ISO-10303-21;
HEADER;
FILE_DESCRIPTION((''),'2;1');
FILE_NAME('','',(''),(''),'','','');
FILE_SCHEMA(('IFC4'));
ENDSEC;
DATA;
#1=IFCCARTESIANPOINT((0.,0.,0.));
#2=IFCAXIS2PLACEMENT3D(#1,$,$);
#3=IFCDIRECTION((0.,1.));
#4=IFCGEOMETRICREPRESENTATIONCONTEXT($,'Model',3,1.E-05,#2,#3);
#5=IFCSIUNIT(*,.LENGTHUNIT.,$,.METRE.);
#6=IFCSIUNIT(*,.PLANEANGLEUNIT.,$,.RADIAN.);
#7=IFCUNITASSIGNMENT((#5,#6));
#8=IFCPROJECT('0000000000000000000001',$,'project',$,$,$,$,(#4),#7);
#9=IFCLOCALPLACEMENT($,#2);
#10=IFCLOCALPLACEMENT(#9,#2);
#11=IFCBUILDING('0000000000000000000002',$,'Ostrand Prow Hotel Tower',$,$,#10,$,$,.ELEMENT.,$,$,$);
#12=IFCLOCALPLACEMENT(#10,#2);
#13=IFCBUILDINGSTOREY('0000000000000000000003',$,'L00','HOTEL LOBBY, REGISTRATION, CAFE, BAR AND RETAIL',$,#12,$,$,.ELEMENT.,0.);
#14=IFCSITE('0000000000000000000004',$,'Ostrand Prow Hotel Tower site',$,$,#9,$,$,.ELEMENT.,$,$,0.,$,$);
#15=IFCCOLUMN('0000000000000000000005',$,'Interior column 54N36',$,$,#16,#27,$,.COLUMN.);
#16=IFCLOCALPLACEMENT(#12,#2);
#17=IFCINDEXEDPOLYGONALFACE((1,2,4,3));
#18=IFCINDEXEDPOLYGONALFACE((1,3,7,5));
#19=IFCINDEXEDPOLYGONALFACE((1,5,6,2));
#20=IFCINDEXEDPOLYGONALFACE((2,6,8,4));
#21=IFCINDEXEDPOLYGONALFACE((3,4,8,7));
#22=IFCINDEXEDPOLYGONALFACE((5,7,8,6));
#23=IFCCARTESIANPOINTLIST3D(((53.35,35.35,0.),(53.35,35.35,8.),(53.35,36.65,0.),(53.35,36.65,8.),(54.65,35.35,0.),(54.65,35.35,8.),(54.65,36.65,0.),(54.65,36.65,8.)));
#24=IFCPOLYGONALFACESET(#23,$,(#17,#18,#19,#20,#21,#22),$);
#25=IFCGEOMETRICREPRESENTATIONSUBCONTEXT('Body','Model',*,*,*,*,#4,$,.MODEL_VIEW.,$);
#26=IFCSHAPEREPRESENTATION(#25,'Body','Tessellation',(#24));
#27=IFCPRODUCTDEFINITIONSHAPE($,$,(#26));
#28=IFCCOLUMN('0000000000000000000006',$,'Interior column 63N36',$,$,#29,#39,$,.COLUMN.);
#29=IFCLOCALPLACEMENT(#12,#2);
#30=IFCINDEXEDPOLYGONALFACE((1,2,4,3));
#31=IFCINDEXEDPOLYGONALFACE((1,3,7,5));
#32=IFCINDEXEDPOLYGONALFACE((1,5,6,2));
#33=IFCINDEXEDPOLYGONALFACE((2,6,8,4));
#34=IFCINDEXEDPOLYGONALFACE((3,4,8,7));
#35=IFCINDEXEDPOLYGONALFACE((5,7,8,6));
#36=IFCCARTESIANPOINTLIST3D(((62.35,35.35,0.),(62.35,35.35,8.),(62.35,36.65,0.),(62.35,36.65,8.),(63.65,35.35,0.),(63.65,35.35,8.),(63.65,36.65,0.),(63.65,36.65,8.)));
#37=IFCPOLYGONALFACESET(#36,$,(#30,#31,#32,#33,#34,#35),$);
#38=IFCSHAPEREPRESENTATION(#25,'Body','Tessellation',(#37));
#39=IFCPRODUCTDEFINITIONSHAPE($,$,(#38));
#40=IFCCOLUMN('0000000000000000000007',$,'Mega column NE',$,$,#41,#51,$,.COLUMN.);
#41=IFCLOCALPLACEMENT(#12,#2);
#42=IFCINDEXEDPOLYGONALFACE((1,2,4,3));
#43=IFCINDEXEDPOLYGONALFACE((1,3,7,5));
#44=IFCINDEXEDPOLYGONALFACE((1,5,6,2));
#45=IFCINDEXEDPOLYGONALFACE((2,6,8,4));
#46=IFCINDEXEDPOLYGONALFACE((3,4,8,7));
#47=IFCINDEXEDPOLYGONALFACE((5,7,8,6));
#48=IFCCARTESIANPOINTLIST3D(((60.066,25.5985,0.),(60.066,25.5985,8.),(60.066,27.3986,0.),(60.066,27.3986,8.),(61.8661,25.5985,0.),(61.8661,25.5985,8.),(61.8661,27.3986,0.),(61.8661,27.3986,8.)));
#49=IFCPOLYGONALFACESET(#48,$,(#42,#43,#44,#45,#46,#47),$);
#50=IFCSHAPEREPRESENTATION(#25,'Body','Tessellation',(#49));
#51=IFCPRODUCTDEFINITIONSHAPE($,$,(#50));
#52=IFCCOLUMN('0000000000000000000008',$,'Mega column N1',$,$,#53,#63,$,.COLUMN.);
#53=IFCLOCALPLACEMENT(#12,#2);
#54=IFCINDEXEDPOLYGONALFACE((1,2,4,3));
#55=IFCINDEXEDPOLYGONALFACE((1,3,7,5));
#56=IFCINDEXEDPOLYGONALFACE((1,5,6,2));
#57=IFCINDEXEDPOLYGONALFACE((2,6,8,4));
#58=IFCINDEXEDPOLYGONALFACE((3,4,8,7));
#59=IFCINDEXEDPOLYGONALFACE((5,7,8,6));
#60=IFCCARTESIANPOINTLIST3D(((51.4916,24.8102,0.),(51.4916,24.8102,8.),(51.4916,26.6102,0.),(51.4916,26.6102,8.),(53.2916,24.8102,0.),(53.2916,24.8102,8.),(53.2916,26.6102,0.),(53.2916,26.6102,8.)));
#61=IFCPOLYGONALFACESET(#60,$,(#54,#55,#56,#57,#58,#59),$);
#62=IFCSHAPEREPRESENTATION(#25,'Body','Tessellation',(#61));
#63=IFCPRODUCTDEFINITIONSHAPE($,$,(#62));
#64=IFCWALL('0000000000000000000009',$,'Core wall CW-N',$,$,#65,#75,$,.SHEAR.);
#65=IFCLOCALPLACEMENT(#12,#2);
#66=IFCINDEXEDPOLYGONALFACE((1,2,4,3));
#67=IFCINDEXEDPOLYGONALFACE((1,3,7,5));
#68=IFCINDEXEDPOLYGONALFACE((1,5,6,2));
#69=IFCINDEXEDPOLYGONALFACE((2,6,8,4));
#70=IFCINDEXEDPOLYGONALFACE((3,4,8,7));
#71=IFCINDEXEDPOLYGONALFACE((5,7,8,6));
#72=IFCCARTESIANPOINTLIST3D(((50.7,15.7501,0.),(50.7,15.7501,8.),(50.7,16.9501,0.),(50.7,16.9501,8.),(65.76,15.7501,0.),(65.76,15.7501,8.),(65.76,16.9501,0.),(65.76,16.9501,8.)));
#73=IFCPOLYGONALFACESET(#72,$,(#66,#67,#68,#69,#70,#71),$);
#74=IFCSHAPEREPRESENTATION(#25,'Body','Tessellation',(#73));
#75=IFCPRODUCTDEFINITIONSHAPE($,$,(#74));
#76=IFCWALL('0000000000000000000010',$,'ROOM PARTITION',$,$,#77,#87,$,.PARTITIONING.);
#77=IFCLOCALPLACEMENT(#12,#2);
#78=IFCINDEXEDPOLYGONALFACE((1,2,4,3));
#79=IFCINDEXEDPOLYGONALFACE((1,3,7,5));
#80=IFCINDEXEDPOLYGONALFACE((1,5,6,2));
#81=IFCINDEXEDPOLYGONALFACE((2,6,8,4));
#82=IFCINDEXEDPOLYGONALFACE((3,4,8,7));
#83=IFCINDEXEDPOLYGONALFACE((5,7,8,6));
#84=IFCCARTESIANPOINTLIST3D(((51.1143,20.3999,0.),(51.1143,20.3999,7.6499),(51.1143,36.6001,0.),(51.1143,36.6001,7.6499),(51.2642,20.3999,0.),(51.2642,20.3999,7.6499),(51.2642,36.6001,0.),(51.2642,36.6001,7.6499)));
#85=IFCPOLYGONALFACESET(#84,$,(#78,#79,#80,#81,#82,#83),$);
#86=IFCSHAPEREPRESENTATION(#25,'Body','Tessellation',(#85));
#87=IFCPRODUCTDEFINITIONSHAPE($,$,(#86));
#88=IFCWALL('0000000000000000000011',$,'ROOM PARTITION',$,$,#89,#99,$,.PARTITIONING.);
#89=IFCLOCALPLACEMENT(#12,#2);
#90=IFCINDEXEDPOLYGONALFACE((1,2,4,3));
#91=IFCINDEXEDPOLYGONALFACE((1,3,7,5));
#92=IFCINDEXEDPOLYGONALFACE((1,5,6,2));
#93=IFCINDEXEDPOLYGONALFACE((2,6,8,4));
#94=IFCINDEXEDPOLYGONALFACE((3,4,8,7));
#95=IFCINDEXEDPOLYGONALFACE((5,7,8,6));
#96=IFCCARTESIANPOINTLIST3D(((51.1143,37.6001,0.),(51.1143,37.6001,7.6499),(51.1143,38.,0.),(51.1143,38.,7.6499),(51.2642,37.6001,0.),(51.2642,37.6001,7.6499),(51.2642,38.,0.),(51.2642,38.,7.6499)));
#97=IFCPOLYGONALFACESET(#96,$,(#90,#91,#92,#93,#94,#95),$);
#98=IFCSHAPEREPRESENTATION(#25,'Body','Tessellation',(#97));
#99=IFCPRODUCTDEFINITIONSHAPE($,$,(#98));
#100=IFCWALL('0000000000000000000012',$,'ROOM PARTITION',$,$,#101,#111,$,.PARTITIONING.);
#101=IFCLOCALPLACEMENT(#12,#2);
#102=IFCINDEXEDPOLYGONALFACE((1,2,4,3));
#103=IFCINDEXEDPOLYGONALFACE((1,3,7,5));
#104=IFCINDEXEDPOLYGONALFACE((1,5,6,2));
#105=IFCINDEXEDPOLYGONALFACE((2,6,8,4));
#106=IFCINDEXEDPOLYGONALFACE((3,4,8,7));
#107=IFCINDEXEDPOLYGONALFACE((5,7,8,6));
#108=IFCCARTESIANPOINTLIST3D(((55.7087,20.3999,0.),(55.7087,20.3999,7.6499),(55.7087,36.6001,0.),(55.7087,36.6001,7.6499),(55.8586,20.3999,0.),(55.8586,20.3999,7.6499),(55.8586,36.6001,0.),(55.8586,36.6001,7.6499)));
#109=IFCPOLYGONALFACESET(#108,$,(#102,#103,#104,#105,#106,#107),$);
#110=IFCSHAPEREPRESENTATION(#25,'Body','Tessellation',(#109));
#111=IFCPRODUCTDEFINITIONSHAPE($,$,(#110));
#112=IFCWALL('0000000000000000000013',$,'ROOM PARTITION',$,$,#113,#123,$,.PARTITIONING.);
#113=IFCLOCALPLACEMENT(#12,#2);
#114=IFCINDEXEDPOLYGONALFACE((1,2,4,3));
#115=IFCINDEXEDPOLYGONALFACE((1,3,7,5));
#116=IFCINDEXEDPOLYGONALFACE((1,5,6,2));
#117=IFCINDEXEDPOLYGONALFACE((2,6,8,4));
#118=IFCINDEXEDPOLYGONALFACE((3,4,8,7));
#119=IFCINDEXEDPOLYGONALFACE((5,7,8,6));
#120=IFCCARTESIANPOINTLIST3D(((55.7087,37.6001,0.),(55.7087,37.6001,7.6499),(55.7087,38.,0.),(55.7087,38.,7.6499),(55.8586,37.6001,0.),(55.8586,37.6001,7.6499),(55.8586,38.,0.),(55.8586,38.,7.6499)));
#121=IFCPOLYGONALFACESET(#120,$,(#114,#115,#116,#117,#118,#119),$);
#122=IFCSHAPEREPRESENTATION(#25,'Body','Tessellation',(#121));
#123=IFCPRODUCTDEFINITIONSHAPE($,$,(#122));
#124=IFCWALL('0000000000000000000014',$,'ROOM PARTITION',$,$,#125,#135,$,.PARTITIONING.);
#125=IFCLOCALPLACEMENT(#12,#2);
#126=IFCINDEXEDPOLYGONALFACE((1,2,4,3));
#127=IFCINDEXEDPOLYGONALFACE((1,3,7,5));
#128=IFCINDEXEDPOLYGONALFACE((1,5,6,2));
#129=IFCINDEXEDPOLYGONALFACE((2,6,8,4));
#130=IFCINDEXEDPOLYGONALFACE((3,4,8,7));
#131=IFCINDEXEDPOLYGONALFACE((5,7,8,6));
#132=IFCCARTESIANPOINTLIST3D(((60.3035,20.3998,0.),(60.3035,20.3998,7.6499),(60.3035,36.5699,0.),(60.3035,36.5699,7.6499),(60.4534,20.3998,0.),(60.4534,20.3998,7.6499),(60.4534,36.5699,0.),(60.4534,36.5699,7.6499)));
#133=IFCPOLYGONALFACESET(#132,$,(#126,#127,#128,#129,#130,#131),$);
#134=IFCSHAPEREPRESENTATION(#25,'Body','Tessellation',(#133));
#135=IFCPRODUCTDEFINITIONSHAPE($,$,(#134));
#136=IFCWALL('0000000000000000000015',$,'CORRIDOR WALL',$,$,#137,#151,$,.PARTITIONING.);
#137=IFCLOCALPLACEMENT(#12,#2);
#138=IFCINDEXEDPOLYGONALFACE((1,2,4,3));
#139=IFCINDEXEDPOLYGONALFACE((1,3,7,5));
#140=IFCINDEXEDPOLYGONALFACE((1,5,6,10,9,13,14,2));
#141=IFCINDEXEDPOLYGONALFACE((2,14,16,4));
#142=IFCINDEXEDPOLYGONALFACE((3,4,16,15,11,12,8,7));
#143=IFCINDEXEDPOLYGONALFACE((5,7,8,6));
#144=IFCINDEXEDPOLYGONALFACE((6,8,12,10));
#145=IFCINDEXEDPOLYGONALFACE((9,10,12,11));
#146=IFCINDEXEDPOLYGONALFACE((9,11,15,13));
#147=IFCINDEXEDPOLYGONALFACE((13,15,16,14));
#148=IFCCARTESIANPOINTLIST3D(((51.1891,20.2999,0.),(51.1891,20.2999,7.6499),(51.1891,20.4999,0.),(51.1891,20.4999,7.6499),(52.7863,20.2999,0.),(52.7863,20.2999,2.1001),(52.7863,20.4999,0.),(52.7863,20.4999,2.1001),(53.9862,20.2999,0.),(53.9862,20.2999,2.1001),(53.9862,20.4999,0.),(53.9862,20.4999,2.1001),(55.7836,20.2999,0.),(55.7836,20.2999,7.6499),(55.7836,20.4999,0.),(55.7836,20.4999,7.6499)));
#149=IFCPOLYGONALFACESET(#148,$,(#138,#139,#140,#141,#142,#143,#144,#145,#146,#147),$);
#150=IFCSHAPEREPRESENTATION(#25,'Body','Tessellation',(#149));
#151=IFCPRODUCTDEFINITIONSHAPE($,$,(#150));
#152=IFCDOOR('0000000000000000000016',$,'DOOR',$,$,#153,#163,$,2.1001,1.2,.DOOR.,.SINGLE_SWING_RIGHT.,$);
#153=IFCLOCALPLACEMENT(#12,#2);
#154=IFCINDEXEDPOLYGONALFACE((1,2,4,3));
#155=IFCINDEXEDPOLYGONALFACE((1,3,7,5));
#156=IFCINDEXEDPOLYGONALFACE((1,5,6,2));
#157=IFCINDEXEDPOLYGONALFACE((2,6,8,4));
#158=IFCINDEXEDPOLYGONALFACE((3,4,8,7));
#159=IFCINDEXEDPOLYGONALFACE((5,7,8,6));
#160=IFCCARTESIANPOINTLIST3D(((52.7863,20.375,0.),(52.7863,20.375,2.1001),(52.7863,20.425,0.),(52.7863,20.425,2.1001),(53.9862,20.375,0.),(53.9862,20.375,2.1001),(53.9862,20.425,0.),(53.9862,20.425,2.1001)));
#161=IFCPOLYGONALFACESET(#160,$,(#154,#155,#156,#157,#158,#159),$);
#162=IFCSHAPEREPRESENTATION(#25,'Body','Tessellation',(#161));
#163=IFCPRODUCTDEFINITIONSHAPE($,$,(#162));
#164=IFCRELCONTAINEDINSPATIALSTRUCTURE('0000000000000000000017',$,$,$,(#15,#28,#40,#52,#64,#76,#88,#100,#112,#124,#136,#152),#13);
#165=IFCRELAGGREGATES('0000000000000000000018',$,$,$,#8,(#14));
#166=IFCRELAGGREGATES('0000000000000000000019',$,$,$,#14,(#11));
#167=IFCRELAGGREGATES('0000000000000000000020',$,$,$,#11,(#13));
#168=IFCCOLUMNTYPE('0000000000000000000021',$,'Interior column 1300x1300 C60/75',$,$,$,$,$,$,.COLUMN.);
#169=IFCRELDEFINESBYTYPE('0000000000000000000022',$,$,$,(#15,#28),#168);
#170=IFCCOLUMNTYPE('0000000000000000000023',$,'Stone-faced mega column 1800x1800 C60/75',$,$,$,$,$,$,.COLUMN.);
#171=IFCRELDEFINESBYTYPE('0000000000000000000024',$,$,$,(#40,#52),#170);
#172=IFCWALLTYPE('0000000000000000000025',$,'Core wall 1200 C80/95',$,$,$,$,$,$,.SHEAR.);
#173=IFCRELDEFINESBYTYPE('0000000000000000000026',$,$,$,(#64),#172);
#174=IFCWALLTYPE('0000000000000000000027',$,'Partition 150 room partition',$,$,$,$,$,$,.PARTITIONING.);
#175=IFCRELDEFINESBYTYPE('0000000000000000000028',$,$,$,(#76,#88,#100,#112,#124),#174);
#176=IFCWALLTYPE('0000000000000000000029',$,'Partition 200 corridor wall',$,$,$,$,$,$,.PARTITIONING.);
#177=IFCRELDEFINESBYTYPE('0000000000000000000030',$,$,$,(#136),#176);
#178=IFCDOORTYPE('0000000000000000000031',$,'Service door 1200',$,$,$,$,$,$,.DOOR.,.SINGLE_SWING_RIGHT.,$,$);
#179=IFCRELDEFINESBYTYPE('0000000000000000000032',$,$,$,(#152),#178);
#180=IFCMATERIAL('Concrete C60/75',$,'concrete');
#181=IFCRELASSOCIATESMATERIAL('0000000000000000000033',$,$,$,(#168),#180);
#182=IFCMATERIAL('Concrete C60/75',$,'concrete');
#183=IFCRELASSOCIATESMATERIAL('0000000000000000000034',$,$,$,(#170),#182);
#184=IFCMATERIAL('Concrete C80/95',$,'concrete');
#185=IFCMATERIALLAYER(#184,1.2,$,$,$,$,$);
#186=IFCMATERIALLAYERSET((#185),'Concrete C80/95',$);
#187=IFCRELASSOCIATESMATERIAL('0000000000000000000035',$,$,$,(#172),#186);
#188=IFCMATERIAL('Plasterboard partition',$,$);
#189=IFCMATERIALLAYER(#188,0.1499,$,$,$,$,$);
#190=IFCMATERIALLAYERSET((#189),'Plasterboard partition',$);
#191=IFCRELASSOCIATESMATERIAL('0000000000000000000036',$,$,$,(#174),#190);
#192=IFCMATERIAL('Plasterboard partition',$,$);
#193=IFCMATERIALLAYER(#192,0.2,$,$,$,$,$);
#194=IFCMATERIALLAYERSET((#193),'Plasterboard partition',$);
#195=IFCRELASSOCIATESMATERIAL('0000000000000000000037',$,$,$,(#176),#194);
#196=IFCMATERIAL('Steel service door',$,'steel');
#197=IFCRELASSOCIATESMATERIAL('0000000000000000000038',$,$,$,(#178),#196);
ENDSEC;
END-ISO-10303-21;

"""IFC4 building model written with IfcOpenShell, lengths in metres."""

from ifc_helpers import new_model, si_unit, direction, frame, frame_2d, origin, origin_2d, place, context, subcontext, project, spatial, rectangle, extrude, material, layer, layer_set, material_profile, profile_set, type_object, element, fill, save


model = new_model("IFC4")

# Units and contexts
model_context = context("Model", 3, precision=1e-05, world=origin(), true_north=direction((0.0, 1.0)))
body_context = subcontext(model_context, "Body", "Model", "MODEL_VIEW")
ifc_project = project(units=[si_unit("LENGTHUNIT", "METRE"), si_unit("PLANEANGLEUNIT", "RADIAN")], contexts=[model_context])

# Site, building, storey
site_placement = place(None, origin())
site = spatial("IfcSite", under=ifc_project, at=site_placement, Name="Ostrand Prow Hotel Tower site", CompositionType="ELEMENT", RefElevation=0.0)
building_placement = place(site_placement, origin())
building = spatial("IfcBuilding", under=site, at=building_placement, Name="Ostrand Prow Hotel Tower", CompositionType="ELEMENT")
storey_placement = place(building_placement, origin())
storey = spatial("IfcBuildingStorey", under=building, at=storey_placement, Name="L00", Description="HOTEL LOBBY, REGISTRATION, CAFE, BAR AND RETAIL", CompositionType="ELEMENT", Elevation=0.0)

# Columns
ifc_material_1 = material(Name="Concrete C60/75", Category="concrete")
ifc_material_profile_1 = material_profile(ifc_material_1, rectangle(XDim=1.3, YDim=1.3, at=origin_2d()), Name="RC 1300x1300")
ifc_profile_set_1 = profile_set([ifc_material_profile_1], Name="Concrete C60/75")
column_type_1 = type_object("IfcColumnType", Name="Interior column 1300x1300 C60/75", PredefinedType="COLUMN", material=ifc_profile_set_1)
for number, where, z_axis, x_axis, name in (
    (1, (54.0, 36.0, 0.0), (0.0, 0.0, 1.0), (1.0, 0.0, 0.0), "Interior column 54N36"),
    (2, (63.0, 36.0, 0.0), (0.0, 0.0, 1.0), (1.0, 0.0, 0.0), "Interior column 63N36"),
):
    element("IfcColumn", number, at=place(storey_placement, frame(where, z_axis=z_axis, x_axis=x_axis)), inside=storey, type_object=column_type_1, Name=name, PredefinedType="COLUMN", context=body_context, shape_type="SweptSolid", body=[
        extrude(rectangle(XDim=1.3, YDim=1.3, at=origin_2d()), origin(), (0.0, 0.0, 1.0), 8.0),
    ])
ifc_material_2 = material(Name="Concrete C60/75", Category="concrete")
ifc_material_profile_2 = material_profile(ifc_material_2, rectangle(XDim=1.8, YDim=1.8, at=origin_2d()), Name="RC 1800x1800")
ifc_profile_set_2 = profile_set([ifc_material_profile_2], Name="Concrete C60/75")
column_type_2 = type_object("IfcColumnType", Name="Stone-faced mega column 1800x1800 C60/75", PredefinedType="COLUMN", material=ifc_profile_set_2)
for number, where, z_axis, x_axis, name in (
    (3, (60.9661, 26.4985, 0.0), (0.0, 0.0, 1.0), (1.0, 0.0, 0.0), "Mega column NE"),
    (4, (52.3916, 25.7102, 0.0), (0.0, 0.0, 1.0), (1.0, 0.0, 0.0), "Mega column N1"),
):
    element("IfcColumn", number, at=place(storey_placement, frame(where, z_axis=z_axis, x_axis=x_axis)), inside=storey, type_object=column_type_2, Name=name, PredefinedType="COLUMN", context=body_context, shape_type="SweptSolid", body=[
        extrude(rectangle(XDim=1.8, YDim=1.8, at=origin_2d()), origin(), (0.0, 0.0, 1.0), 8.0),
    ])

# Walls
ifc_material_3 = material(Name="Concrete C80/95", Category="concrete")
ifc_layer_1 = layer(ifc_material_3, 1.2)
ifc_layer_set_1 = layer_set([ifc_layer_1], Name="Concrete C80/95")
wall_type_1 = type_object("IfcWallType", Name="Core wall 1200 C80/95", PredefinedType="SHEAR", material=ifc_layer_set_1)
wall_1_placement = place(storey_placement, frame((50.7, 16.3501, 0.0), z_axis=(0.0, 0.0, 1.0), x_axis=(1.0, 0.0, 0.0)))
element("IfcWall", 5, at=wall_1_placement, inside=storey, type_object=wall_type_1, Name="Core wall CW-N", PredefinedType="SHEAR", context=body_context, shape_type="SweptSolid", body=[
    extrude(rectangle(XDim=15.0601, YDim=1.2, at=frame_2d((7.53, 0.0))), origin(), (0.0, 0.0, 1.0), 8.0),
])
ifc_material_4 = material(Name="Plasterboard partition")
ifc_layer_2 = layer(ifc_material_4, 0.1499)
ifc_layer_set_2 = layer_set([ifc_layer_2], Name="Plasterboard partition")
wall_type_2 = type_object("IfcWallType", Name="Partition 150 room partition", PredefinedType="PARTITIONING", material=ifc_layer_set_2)
wall_2_placement = place(storey_placement, frame((51.1892, 20.3999, 0.0), z_axis=(0.0, 0.0, 1.0), x_axis=(0.0, 1.0, 0.0)))
element("IfcWall", 6, at=wall_2_placement, inside=storey, type_object=wall_type_2, Name="ROOM PARTITION", PredefinedType="PARTITIONING", context=body_context, shape_type="SweptSolid", body=[
    extrude(rectangle(XDim=16.2002, YDim=0.1499, at=frame_2d((8.1001, 0.0))), origin(), (0.0, 0.0, 1.0), 7.6499),
])
wall_3_placement = place(storey_placement, frame((51.1892, 37.6001, 0.0), z_axis=(0.0, 0.0, 1.0), x_axis=(0.0, 1.0, 0.0)))
element("IfcWall", 7, at=wall_3_placement, inside=storey, type_object=wall_type_2, Name="ROOM PARTITION", PredefinedType="PARTITIONING", context=body_context, shape_type="SweptSolid", body=[
    extrude(rectangle(XDim=0.3999, YDim=0.1499, at=frame_2d((0.2, 0.0))), origin(), (0.0, 0.0, 1.0), 7.6499),
])
wall_4_placement = place(storey_placement, frame((55.7837, 20.3999, 0.0), z_axis=(0.0, 0.0, 1.0), x_axis=(0.0, 1.0, 0.0)))
element("IfcWall", 8, at=wall_4_placement, inside=storey, type_object=wall_type_2, Name="ROOM PARTITION", PredefinedType="PARTITIONING", context=body_context, shape_type="SweptSolid", body=[
    extrude(rectangle(XDim=16.2002, YDim=0.1499, at=frame_2d((8.1001, 0.0))), origin(), (0.0, 0.0, 1.0), 7.6499),
])
wall_5_placement = place(storey_placement, frame((55.7837, 37.6001, 0.0), z_axis=(0.0, 0.0, 1.0), x_axis=(0.0, 1.0, 0.0)))
element("IfcWall", 9, at=wall_5_placement, inside=storey, type_object=wall_type_2, Name="ROOM PARTITION", PredefinedType="PARTITIONING", context=body_context, shape_type="SweptSolid", body=[
    extrude(rectangle(XDim=0.3999, YDim=0.1499, at=frame_2d((0.2, 0.0))), origin(), (0.0, 0.0, 1.0), 7.6499),
])
wall_6_placement = place(storey_placement, frame((60.3784, 20.3999, 0.0), z_axis=(0.0, 0.0, 1.0), x_axis=(0.0, 1.0, 0.0)))
element("IfcWall", 10, at=wall_6_placement, inside=storey, type_object=wall_type_2, Name="ROOM PARTITION", PredefinedType="PARTITIONING", context=body_context, shape_type="SweptSolid", body=[
    extrude(rectangle(XDim=16.1702, YDim=0.1499, at=frame_2d((8.085, 0.0))), origin(), (0.0, 0.0, 1.0), 7.6499),
])

# Wall, opening, door
ifc_material_5 = material(Name="Plasterboard partition")
ifc_layer_3 = layer(ifc_material_5, 0.2)
ifc_layer_set_3 = layer_set([ifc_layer_3], Name="Plasterboard partition")
wall_type_3 = type_object("IfcWallType", Name="Partition 200 corridor wall", PredefinedType="PARTITIONING", material=ifc_layer_set_3)
wall_7_placement = place(storey_placement, frame((55.7837, 20.3999, 0.0), z_axis=(0.0, 0.0, 1.0), x_axis=(-1.0, 0.0, 0.0)))
wall_7 = element("IfcWall", 11, at=wall_7_placement, inside=storey, type_object=wall_type_3, Name="CORRIDOR WALL", PredefinedType="PARTITIONING", context=body_context, shape_type="SweptSolid", body=[
    extrude(rectangle(XDim=4.5945, YDim=0.2, at=frame_2d((2.2974, 0.0))), origin(), (0.0, 0.0, 1.0), 7.6499),
])
opening_1_placement = place(wall_7_placement, frame((1.7974, 0.0, 0.0)))
opening_1 = element("IfcOpeningElement", 12, at=opening_1_placement, cuts=wall_7, PredefinedType="OPENING", context=body_context, shape_type="SweptSolid", body=[
    extrude(rectangle(XDim=1.2, YDim=2.1001, at=frame_2d((0.6001, 1.05))), frame((0.0, 0.1099, 0.0), z_axis=(0.0, -1.0, 0.0), x_axis=(1.0, 0.0, 0.0)), (0.0, 0.0, 1.0), 0.22),
])
ifc_material_6 = material(Name="Steel service door", Category="steel")
door_type_1 = type_object("IfcDoorType", Name="Service door 1200", OperationType="SINGLE_SWING_RIGHT", PredefinedType="DOOR", material=ifc_material_6)
door_1_placement = place(opening_1_placement, origin())
door_1 = element("IfcDoor", 13, at=door_1_placement, inside=storey, type_object=door_type_1, Name="DOOR", OperationType="SINGLE_SWING_RIGHT", OverallHeight=2.1001, OverallWidth=1.2, PredefinedType="DOOR", context=body_context, shape_type="SweptSolid", body=[
    extrude(rectangle(XDim=1.2, YDim=2.1001, at=frame_2d((0.6001, 1.05))), frame((0.0, 0.0249, 0.0), z_axis=(0.0, -1.0, 0.0), x_axis=(1.0, 0.0, 0.0)), (0.0, 0.0, 1.0), 0.05),
])
fill(opening_1, door_1)

save(model, "model.ifc")
